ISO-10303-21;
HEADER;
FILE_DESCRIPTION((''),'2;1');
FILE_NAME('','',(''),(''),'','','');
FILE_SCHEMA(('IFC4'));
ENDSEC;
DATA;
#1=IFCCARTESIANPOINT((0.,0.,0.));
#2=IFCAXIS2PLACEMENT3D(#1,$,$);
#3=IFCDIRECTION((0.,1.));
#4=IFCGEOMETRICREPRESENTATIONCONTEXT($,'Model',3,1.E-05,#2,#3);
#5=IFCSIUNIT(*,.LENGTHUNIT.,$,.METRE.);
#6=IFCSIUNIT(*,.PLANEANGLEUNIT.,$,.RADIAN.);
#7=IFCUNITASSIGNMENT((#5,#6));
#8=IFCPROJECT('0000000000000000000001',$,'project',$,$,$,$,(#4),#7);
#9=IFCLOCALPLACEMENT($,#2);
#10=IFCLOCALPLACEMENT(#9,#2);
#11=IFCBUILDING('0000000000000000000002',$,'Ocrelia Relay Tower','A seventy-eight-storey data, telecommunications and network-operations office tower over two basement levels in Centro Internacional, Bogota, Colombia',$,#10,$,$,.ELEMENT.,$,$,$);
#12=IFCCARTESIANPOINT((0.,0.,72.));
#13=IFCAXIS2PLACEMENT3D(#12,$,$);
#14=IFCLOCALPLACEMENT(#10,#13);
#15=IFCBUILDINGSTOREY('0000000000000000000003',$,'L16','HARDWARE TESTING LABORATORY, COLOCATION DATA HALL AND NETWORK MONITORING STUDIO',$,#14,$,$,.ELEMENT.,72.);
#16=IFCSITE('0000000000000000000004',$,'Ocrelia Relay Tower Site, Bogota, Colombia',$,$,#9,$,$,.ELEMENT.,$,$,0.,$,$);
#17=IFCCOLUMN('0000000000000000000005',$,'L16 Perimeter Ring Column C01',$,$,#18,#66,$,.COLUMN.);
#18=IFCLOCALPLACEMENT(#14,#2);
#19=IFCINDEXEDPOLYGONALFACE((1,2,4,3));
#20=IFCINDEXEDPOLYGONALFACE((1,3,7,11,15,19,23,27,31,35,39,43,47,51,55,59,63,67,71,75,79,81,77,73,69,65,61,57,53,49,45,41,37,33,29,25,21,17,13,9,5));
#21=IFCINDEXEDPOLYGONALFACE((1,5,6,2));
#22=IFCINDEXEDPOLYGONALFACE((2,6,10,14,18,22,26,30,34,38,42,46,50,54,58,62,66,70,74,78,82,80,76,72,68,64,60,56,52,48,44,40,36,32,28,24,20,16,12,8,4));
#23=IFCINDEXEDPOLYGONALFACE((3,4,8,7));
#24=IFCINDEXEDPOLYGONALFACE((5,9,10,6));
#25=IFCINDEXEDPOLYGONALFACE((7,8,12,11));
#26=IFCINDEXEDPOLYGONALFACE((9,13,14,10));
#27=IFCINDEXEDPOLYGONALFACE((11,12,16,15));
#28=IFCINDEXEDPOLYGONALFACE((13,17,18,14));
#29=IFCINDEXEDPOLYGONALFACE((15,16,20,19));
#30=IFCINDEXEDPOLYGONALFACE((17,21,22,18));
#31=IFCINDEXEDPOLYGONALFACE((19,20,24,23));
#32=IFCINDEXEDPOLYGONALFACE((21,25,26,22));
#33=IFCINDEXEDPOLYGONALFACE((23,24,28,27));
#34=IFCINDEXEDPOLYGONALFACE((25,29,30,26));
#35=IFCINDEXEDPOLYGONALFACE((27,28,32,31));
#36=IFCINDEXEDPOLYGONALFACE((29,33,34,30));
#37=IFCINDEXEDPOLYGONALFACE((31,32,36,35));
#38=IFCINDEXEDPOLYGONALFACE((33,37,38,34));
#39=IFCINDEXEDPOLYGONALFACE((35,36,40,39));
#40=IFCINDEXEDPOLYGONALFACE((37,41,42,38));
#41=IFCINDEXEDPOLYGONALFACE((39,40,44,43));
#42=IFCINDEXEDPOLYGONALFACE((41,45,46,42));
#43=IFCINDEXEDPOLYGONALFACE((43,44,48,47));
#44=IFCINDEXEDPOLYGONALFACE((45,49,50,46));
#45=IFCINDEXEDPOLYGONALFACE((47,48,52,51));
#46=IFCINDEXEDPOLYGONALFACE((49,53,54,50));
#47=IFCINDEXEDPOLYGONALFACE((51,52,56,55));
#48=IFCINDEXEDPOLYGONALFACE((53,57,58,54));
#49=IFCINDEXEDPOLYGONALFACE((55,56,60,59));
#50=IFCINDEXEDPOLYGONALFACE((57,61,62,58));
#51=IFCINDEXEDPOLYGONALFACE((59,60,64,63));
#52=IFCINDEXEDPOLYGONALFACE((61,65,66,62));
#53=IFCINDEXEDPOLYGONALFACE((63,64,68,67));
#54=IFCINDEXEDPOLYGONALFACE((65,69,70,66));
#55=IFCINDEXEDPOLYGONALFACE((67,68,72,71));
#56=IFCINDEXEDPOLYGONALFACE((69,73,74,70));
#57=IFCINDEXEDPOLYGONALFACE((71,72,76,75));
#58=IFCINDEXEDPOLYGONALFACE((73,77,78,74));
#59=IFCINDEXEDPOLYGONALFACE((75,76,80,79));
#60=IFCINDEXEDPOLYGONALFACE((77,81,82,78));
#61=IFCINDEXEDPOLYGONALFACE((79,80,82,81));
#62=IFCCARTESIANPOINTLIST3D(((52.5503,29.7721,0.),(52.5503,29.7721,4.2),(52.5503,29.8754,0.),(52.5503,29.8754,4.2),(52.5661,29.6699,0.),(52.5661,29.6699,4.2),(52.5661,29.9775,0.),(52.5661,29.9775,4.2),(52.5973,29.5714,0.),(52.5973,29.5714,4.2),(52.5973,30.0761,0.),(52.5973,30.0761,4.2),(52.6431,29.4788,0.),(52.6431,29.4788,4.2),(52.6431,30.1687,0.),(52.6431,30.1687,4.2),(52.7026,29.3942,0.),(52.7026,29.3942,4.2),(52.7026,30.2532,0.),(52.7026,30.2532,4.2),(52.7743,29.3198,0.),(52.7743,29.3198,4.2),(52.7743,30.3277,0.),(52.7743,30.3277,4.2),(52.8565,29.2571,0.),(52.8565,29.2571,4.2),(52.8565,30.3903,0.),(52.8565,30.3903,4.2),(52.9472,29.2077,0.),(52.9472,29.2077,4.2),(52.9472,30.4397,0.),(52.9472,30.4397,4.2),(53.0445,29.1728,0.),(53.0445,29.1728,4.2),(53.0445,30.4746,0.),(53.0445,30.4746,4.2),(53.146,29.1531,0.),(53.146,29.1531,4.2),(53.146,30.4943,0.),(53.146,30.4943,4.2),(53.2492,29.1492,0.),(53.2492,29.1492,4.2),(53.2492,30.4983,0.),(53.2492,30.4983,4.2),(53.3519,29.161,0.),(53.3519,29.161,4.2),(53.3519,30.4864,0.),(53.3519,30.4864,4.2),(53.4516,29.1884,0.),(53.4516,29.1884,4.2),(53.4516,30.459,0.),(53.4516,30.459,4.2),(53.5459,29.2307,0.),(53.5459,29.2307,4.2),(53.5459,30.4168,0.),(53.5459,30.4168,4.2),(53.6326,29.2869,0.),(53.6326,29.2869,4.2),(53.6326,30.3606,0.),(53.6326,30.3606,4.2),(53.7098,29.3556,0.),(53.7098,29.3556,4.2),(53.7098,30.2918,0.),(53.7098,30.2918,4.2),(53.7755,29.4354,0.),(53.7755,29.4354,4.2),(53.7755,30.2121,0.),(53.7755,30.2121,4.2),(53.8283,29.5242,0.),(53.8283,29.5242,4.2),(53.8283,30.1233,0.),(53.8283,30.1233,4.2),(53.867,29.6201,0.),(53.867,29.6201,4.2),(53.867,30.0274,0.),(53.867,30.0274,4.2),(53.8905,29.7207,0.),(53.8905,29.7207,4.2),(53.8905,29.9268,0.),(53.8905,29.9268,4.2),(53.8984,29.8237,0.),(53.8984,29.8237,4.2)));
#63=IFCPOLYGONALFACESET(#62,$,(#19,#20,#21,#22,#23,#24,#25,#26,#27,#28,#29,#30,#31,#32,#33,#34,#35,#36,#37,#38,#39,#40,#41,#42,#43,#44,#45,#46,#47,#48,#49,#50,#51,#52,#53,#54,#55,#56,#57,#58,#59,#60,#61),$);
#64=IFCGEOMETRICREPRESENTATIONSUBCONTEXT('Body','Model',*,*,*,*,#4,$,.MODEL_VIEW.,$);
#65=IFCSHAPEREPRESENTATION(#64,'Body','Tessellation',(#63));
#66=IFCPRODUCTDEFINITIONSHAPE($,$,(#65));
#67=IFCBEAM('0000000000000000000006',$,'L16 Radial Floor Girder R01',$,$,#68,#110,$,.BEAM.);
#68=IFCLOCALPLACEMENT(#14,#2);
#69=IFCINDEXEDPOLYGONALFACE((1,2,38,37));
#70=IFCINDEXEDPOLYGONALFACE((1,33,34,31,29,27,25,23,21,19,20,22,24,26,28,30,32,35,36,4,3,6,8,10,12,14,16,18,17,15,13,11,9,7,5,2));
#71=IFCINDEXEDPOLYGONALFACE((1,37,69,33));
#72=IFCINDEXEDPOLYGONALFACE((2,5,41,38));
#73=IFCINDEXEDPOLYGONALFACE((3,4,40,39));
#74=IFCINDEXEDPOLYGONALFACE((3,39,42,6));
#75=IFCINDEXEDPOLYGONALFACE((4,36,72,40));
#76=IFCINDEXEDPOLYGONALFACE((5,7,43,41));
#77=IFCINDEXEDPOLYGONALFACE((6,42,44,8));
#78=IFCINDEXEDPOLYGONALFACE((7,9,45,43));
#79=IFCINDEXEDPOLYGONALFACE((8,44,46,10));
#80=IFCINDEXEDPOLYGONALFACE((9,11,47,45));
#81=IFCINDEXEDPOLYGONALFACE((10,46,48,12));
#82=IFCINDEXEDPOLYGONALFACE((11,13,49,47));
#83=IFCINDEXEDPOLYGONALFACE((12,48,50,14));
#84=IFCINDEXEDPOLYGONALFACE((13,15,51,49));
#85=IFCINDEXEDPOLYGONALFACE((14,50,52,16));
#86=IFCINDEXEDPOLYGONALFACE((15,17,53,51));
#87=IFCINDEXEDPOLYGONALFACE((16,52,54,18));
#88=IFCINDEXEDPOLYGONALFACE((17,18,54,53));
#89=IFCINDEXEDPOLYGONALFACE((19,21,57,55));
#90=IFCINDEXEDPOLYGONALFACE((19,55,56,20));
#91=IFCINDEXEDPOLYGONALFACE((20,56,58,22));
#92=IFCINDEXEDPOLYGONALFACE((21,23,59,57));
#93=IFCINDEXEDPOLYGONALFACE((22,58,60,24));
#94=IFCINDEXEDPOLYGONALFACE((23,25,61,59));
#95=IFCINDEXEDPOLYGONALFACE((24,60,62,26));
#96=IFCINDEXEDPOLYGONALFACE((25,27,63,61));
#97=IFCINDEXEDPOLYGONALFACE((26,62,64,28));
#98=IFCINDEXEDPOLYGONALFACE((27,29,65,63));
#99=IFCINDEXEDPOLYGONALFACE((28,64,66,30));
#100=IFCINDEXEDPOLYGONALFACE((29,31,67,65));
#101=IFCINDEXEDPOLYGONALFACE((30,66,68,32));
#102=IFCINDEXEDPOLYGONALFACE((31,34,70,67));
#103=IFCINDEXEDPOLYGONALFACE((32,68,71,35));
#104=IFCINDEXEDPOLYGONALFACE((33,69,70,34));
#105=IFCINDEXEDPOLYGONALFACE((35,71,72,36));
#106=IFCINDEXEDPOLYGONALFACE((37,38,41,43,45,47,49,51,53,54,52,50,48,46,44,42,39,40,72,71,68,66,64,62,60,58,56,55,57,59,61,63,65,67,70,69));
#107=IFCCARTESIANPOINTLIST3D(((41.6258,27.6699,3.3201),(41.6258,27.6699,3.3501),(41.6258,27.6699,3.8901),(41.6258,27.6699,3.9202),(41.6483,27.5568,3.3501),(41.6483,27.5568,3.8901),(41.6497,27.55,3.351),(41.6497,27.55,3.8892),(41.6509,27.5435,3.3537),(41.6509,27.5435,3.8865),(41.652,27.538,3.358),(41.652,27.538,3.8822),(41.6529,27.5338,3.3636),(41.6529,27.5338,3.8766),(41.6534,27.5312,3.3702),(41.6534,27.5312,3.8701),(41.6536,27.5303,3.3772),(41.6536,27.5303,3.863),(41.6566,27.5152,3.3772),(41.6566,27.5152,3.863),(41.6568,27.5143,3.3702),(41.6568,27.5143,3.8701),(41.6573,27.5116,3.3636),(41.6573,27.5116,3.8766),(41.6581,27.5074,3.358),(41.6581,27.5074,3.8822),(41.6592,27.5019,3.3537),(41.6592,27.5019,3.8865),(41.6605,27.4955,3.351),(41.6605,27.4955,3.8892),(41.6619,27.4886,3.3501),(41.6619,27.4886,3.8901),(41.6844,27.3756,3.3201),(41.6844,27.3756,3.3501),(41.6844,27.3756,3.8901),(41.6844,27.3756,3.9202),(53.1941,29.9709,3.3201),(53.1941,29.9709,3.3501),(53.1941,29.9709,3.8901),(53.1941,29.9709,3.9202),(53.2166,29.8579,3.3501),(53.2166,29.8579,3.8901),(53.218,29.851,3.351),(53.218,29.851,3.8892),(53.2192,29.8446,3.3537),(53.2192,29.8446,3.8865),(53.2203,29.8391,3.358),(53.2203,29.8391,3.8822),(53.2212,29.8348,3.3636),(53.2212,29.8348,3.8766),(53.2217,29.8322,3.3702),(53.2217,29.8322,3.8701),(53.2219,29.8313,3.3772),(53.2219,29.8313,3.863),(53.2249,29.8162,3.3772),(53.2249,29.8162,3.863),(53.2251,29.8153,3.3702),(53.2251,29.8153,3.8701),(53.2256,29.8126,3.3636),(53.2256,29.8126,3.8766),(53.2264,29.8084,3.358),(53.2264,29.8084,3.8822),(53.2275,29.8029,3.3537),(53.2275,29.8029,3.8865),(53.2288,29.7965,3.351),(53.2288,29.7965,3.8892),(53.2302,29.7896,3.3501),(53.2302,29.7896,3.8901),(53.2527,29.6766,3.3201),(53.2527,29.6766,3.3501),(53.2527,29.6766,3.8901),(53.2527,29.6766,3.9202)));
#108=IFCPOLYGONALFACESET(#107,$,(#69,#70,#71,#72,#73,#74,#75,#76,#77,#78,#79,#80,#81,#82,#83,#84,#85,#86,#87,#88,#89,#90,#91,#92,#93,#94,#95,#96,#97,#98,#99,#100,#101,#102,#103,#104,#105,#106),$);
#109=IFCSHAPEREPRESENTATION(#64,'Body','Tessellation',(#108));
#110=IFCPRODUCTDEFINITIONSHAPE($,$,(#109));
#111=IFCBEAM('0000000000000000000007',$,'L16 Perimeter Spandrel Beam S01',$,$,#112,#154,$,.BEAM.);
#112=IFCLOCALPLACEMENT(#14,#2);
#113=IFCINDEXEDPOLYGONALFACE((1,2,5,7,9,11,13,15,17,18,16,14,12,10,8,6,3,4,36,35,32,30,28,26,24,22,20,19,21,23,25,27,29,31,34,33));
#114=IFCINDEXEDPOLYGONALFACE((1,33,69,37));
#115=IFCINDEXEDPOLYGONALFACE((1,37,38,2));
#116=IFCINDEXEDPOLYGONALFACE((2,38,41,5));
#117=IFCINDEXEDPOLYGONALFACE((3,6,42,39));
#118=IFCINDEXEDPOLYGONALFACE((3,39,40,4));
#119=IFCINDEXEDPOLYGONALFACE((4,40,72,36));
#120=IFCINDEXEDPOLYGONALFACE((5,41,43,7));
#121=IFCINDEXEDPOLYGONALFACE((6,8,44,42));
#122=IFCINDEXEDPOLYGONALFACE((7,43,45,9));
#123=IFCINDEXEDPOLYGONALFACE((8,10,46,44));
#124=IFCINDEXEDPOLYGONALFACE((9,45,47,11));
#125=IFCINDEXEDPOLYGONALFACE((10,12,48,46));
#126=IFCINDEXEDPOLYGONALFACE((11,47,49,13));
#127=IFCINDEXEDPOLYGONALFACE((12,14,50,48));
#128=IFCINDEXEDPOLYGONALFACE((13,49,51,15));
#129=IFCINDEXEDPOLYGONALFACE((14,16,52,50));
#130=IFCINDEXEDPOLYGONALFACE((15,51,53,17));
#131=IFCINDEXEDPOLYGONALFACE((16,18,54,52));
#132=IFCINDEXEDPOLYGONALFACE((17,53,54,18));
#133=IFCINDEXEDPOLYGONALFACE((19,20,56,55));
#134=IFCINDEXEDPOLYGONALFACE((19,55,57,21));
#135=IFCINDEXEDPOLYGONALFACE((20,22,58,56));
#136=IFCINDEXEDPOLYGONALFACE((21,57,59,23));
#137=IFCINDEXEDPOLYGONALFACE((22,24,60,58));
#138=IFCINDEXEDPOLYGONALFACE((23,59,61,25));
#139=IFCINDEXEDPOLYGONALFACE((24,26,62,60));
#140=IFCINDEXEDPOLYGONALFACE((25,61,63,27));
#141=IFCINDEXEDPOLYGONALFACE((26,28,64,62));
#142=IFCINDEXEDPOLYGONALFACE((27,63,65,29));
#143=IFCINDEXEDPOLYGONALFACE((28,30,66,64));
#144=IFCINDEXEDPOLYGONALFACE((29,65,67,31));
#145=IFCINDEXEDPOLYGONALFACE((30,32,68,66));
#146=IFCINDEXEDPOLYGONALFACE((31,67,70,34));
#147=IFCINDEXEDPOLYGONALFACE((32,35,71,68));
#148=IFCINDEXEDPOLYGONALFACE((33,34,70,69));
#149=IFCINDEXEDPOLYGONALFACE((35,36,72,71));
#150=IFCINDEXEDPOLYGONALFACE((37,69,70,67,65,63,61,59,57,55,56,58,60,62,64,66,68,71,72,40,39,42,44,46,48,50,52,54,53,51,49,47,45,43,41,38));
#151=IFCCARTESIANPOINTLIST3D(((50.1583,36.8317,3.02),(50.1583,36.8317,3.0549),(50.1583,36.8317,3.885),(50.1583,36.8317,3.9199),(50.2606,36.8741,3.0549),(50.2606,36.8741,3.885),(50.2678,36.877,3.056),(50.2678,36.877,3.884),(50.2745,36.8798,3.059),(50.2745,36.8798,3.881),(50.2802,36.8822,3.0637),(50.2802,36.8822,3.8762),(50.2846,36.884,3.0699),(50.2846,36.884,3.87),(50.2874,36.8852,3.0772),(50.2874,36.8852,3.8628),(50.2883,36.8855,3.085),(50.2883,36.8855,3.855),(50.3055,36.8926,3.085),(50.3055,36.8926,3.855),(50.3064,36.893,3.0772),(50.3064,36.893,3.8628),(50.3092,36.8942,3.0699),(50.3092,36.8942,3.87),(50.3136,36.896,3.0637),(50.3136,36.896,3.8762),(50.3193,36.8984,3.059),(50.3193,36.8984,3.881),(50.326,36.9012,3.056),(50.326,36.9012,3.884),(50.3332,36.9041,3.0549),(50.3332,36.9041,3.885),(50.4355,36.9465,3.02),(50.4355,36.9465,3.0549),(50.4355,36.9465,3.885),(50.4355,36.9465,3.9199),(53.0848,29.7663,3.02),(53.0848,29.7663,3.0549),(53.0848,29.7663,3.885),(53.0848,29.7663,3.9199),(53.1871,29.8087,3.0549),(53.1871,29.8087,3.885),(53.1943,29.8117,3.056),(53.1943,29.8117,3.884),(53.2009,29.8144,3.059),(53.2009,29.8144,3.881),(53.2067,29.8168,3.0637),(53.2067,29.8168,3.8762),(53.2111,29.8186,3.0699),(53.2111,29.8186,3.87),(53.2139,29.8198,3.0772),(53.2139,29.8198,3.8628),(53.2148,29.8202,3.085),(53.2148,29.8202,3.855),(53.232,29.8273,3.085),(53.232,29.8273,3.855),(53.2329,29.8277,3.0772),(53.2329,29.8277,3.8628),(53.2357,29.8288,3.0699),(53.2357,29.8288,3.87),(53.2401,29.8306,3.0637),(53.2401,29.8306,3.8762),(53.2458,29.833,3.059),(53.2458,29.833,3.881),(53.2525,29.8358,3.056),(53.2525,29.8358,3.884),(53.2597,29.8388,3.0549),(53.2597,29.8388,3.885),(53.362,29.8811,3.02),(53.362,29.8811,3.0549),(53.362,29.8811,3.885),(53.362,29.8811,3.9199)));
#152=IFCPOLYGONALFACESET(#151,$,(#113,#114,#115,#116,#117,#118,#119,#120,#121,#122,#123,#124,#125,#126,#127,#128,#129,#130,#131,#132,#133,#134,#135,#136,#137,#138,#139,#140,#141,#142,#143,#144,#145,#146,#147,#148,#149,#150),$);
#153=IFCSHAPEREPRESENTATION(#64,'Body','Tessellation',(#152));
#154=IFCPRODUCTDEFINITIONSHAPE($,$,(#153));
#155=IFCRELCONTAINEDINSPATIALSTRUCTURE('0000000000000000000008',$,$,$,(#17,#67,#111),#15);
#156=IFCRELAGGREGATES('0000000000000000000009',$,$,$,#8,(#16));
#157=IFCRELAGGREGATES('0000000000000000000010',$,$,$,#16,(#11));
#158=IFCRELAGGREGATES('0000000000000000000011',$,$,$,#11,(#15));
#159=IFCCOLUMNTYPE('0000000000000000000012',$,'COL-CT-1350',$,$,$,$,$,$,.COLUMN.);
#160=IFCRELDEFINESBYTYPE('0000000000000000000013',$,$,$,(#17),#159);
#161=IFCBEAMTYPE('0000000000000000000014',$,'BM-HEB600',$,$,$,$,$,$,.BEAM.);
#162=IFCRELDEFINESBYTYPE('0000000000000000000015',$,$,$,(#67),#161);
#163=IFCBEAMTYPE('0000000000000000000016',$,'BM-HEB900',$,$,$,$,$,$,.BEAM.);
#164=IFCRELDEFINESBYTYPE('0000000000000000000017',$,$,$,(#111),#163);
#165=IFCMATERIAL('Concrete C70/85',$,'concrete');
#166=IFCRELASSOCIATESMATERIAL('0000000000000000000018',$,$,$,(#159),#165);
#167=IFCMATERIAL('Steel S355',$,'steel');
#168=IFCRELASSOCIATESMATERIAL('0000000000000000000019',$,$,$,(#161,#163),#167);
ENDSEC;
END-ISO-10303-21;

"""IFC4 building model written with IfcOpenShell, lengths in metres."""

from ifc_helpers import new_model, si_unit, direction, frame, origin, origin_2d, place, context, subcontext, project, spatial, circle, i_section, extrude, material, material_profile, profile_set, type_object, element, save


model = new_model("IFC4")

# Units and contexts
model_context = context("Model", 3, precision=1e-05, world=origin(), true_north=direction((0.0, 1.0)))
body_context = subcontext(model_context, "Body", "Model", "MODEL_VIEW")
ifc_project = project(units=[si_unit("LENGTHUNIT", "METRE"), si_unit("PLANEANGLEUNIT", "RADIAN")], contexts=[model_context])

# Site, building, storey
site_placement = place(None, origin())
site = spatial("IfcSite", under=ifc_project, at=site_placement, Name="Ocrelia Relay Tower Site, Bogota, Colombia", CompositionType="ELEMENT", RefElevation=0.0)
building_placement = place(site_placement, origin())
building = spatial("IfcBuilding", under=site, at=building_placement, Name="Ocrelia Relay Tower", Description="A seventy-eight-storey data, telecommunications and network-operations office tower over two basement levels in Centro Internacional, Bogota, Colombia", CompositionType="ELEMENT")
storey_placement = place(building_placement, frame((0.0, 0.0, 72.0)))
storey = spatial("IfcBuildingStorey", under=building, at=storey_placement, Name="L16", Description="HARDWARE TESTING LABORATORY, COLOCATION DATA HALL AND NETWORK MONITORING STUDIO", CompositionType="ELEMENT", Elevation=72.0)

# Column
ifc_material_1 = material(Name="Concrete C70/85", Category="concrete")
ifc_material_profile_1 = material_profile(ifc_material_1, circle(Radius=0.675, at=origin_2d()), Name="RC-CIR-1350")
ifc_profile_set_1 = profile_set([ifc_material_profile_1], Name="Concrete C70/85")
column_type = type_object("IfcColumnType", Name="COL-CT-1350", PredefinedType="COLUMN", material=ifc_profile_set_1)
column_placement = place(storey_placement, frame((53.2234, 29.8237, 0.0), z_axis=(0.0, 0.0, 1.0), x_axis=(1.0, 0.0, 0.0)))
element("IfcColumn", 1, at=column_placement, inside=storey, type_object=column_type, Name="L16 Perimeter Ring Column C01", PredefinedType="COLUMN", context=body_context, shape_type="SweptSolid", body=[
    extrude(circle(Radius=0.675, at=origin_2d()), origin(), (0.0, 0.0, 1.0), 4.2),
])

# Beams
ifc_material_2 = material(Name="Steel S355", Category="steel")
ifc_material_profile_2 = material_profile(ifc_material_2, i_section(OverallWidth=0.3, OverallDepth=0.6001, WebThickness=0.0154, FlangeThickness=0.03, FilletRadius=0.0271, at=origin_2d()), Name="HEB 600")
ifc_profile_set_2 = profile_set([ifc_material_profile_2], Name="Steel S355")
beam_type_1 = type_object("IfcBeamType", Name="BM-HEB600", PredefinedType="BEAM", material=ifc_profile_set_2)
beam_1_placement = place(storey_placement, frame((53.2234, 29.8237, 3.6201), z_axis=(-0.980786, -0.195085, 0.0), x_axis=(0.195085, -0.980786, 0.0)))
element("IfcBeam", 2, at=beam_1_placement, inside=storey, type_object=beam_type_1, Name="L16 Radial Floor Girder R01", PredefinedType="BEAM", context=body_context, shape_type="SweptSolid", body=[
    extrude(i_section(OverallWidth=0.3, OverallDepth=0.6001, WebThickness=0.0154, FlangeThickness=0.03, FilletRadius=0.0271, at=origin_2d()), origin(), (0.0, 0.0, 1.0), 11.7949),
])
ifc_material_profile_3 = material_profile(ifc_material_2, i_section(OverallWidth=0.3, OverallDepth=0.8999, WebThickness=0.0186, FlangeThickness=0.0349, FilletRadius=0.03, at=origin_2d()), Name="HEB 900")
ifc_profile_set_3 = profile_set([ifc_material_profile_3], Name="Steel S355")
beam_type_2 = type_object("IfcBeamType", Name="BM-HEB900", PredefinedType="BEAM", material=ifc_profile_set_3)
beam_2_placement = place(storey_placement, frame((53.2234, 29.8237, 3.47), z_axis=(-0.382674, 0.923883, 0.0), x_axis=(-0.923883, -0.382674, 0.0)))
element("IfcBeam", 3, at=beam_2_placement, inside=storey, type_object=beam_type_2, Name="L16 Perimeter Spandrel Beam S01", PredefinedType="BEAM", context=body_context, shape_type="SweptSolid", body=[
    extrude(i_section(OverallWidth=0.3, OverallDepth=0.8999, WebThickness=0.0186, FlangeThickness=0.0349, FilletRadius=0.03, at=origin_2d()), origin(), (0.0, 0.0, 1.0), 7.6475),
])

save(model, "model.ifc")
